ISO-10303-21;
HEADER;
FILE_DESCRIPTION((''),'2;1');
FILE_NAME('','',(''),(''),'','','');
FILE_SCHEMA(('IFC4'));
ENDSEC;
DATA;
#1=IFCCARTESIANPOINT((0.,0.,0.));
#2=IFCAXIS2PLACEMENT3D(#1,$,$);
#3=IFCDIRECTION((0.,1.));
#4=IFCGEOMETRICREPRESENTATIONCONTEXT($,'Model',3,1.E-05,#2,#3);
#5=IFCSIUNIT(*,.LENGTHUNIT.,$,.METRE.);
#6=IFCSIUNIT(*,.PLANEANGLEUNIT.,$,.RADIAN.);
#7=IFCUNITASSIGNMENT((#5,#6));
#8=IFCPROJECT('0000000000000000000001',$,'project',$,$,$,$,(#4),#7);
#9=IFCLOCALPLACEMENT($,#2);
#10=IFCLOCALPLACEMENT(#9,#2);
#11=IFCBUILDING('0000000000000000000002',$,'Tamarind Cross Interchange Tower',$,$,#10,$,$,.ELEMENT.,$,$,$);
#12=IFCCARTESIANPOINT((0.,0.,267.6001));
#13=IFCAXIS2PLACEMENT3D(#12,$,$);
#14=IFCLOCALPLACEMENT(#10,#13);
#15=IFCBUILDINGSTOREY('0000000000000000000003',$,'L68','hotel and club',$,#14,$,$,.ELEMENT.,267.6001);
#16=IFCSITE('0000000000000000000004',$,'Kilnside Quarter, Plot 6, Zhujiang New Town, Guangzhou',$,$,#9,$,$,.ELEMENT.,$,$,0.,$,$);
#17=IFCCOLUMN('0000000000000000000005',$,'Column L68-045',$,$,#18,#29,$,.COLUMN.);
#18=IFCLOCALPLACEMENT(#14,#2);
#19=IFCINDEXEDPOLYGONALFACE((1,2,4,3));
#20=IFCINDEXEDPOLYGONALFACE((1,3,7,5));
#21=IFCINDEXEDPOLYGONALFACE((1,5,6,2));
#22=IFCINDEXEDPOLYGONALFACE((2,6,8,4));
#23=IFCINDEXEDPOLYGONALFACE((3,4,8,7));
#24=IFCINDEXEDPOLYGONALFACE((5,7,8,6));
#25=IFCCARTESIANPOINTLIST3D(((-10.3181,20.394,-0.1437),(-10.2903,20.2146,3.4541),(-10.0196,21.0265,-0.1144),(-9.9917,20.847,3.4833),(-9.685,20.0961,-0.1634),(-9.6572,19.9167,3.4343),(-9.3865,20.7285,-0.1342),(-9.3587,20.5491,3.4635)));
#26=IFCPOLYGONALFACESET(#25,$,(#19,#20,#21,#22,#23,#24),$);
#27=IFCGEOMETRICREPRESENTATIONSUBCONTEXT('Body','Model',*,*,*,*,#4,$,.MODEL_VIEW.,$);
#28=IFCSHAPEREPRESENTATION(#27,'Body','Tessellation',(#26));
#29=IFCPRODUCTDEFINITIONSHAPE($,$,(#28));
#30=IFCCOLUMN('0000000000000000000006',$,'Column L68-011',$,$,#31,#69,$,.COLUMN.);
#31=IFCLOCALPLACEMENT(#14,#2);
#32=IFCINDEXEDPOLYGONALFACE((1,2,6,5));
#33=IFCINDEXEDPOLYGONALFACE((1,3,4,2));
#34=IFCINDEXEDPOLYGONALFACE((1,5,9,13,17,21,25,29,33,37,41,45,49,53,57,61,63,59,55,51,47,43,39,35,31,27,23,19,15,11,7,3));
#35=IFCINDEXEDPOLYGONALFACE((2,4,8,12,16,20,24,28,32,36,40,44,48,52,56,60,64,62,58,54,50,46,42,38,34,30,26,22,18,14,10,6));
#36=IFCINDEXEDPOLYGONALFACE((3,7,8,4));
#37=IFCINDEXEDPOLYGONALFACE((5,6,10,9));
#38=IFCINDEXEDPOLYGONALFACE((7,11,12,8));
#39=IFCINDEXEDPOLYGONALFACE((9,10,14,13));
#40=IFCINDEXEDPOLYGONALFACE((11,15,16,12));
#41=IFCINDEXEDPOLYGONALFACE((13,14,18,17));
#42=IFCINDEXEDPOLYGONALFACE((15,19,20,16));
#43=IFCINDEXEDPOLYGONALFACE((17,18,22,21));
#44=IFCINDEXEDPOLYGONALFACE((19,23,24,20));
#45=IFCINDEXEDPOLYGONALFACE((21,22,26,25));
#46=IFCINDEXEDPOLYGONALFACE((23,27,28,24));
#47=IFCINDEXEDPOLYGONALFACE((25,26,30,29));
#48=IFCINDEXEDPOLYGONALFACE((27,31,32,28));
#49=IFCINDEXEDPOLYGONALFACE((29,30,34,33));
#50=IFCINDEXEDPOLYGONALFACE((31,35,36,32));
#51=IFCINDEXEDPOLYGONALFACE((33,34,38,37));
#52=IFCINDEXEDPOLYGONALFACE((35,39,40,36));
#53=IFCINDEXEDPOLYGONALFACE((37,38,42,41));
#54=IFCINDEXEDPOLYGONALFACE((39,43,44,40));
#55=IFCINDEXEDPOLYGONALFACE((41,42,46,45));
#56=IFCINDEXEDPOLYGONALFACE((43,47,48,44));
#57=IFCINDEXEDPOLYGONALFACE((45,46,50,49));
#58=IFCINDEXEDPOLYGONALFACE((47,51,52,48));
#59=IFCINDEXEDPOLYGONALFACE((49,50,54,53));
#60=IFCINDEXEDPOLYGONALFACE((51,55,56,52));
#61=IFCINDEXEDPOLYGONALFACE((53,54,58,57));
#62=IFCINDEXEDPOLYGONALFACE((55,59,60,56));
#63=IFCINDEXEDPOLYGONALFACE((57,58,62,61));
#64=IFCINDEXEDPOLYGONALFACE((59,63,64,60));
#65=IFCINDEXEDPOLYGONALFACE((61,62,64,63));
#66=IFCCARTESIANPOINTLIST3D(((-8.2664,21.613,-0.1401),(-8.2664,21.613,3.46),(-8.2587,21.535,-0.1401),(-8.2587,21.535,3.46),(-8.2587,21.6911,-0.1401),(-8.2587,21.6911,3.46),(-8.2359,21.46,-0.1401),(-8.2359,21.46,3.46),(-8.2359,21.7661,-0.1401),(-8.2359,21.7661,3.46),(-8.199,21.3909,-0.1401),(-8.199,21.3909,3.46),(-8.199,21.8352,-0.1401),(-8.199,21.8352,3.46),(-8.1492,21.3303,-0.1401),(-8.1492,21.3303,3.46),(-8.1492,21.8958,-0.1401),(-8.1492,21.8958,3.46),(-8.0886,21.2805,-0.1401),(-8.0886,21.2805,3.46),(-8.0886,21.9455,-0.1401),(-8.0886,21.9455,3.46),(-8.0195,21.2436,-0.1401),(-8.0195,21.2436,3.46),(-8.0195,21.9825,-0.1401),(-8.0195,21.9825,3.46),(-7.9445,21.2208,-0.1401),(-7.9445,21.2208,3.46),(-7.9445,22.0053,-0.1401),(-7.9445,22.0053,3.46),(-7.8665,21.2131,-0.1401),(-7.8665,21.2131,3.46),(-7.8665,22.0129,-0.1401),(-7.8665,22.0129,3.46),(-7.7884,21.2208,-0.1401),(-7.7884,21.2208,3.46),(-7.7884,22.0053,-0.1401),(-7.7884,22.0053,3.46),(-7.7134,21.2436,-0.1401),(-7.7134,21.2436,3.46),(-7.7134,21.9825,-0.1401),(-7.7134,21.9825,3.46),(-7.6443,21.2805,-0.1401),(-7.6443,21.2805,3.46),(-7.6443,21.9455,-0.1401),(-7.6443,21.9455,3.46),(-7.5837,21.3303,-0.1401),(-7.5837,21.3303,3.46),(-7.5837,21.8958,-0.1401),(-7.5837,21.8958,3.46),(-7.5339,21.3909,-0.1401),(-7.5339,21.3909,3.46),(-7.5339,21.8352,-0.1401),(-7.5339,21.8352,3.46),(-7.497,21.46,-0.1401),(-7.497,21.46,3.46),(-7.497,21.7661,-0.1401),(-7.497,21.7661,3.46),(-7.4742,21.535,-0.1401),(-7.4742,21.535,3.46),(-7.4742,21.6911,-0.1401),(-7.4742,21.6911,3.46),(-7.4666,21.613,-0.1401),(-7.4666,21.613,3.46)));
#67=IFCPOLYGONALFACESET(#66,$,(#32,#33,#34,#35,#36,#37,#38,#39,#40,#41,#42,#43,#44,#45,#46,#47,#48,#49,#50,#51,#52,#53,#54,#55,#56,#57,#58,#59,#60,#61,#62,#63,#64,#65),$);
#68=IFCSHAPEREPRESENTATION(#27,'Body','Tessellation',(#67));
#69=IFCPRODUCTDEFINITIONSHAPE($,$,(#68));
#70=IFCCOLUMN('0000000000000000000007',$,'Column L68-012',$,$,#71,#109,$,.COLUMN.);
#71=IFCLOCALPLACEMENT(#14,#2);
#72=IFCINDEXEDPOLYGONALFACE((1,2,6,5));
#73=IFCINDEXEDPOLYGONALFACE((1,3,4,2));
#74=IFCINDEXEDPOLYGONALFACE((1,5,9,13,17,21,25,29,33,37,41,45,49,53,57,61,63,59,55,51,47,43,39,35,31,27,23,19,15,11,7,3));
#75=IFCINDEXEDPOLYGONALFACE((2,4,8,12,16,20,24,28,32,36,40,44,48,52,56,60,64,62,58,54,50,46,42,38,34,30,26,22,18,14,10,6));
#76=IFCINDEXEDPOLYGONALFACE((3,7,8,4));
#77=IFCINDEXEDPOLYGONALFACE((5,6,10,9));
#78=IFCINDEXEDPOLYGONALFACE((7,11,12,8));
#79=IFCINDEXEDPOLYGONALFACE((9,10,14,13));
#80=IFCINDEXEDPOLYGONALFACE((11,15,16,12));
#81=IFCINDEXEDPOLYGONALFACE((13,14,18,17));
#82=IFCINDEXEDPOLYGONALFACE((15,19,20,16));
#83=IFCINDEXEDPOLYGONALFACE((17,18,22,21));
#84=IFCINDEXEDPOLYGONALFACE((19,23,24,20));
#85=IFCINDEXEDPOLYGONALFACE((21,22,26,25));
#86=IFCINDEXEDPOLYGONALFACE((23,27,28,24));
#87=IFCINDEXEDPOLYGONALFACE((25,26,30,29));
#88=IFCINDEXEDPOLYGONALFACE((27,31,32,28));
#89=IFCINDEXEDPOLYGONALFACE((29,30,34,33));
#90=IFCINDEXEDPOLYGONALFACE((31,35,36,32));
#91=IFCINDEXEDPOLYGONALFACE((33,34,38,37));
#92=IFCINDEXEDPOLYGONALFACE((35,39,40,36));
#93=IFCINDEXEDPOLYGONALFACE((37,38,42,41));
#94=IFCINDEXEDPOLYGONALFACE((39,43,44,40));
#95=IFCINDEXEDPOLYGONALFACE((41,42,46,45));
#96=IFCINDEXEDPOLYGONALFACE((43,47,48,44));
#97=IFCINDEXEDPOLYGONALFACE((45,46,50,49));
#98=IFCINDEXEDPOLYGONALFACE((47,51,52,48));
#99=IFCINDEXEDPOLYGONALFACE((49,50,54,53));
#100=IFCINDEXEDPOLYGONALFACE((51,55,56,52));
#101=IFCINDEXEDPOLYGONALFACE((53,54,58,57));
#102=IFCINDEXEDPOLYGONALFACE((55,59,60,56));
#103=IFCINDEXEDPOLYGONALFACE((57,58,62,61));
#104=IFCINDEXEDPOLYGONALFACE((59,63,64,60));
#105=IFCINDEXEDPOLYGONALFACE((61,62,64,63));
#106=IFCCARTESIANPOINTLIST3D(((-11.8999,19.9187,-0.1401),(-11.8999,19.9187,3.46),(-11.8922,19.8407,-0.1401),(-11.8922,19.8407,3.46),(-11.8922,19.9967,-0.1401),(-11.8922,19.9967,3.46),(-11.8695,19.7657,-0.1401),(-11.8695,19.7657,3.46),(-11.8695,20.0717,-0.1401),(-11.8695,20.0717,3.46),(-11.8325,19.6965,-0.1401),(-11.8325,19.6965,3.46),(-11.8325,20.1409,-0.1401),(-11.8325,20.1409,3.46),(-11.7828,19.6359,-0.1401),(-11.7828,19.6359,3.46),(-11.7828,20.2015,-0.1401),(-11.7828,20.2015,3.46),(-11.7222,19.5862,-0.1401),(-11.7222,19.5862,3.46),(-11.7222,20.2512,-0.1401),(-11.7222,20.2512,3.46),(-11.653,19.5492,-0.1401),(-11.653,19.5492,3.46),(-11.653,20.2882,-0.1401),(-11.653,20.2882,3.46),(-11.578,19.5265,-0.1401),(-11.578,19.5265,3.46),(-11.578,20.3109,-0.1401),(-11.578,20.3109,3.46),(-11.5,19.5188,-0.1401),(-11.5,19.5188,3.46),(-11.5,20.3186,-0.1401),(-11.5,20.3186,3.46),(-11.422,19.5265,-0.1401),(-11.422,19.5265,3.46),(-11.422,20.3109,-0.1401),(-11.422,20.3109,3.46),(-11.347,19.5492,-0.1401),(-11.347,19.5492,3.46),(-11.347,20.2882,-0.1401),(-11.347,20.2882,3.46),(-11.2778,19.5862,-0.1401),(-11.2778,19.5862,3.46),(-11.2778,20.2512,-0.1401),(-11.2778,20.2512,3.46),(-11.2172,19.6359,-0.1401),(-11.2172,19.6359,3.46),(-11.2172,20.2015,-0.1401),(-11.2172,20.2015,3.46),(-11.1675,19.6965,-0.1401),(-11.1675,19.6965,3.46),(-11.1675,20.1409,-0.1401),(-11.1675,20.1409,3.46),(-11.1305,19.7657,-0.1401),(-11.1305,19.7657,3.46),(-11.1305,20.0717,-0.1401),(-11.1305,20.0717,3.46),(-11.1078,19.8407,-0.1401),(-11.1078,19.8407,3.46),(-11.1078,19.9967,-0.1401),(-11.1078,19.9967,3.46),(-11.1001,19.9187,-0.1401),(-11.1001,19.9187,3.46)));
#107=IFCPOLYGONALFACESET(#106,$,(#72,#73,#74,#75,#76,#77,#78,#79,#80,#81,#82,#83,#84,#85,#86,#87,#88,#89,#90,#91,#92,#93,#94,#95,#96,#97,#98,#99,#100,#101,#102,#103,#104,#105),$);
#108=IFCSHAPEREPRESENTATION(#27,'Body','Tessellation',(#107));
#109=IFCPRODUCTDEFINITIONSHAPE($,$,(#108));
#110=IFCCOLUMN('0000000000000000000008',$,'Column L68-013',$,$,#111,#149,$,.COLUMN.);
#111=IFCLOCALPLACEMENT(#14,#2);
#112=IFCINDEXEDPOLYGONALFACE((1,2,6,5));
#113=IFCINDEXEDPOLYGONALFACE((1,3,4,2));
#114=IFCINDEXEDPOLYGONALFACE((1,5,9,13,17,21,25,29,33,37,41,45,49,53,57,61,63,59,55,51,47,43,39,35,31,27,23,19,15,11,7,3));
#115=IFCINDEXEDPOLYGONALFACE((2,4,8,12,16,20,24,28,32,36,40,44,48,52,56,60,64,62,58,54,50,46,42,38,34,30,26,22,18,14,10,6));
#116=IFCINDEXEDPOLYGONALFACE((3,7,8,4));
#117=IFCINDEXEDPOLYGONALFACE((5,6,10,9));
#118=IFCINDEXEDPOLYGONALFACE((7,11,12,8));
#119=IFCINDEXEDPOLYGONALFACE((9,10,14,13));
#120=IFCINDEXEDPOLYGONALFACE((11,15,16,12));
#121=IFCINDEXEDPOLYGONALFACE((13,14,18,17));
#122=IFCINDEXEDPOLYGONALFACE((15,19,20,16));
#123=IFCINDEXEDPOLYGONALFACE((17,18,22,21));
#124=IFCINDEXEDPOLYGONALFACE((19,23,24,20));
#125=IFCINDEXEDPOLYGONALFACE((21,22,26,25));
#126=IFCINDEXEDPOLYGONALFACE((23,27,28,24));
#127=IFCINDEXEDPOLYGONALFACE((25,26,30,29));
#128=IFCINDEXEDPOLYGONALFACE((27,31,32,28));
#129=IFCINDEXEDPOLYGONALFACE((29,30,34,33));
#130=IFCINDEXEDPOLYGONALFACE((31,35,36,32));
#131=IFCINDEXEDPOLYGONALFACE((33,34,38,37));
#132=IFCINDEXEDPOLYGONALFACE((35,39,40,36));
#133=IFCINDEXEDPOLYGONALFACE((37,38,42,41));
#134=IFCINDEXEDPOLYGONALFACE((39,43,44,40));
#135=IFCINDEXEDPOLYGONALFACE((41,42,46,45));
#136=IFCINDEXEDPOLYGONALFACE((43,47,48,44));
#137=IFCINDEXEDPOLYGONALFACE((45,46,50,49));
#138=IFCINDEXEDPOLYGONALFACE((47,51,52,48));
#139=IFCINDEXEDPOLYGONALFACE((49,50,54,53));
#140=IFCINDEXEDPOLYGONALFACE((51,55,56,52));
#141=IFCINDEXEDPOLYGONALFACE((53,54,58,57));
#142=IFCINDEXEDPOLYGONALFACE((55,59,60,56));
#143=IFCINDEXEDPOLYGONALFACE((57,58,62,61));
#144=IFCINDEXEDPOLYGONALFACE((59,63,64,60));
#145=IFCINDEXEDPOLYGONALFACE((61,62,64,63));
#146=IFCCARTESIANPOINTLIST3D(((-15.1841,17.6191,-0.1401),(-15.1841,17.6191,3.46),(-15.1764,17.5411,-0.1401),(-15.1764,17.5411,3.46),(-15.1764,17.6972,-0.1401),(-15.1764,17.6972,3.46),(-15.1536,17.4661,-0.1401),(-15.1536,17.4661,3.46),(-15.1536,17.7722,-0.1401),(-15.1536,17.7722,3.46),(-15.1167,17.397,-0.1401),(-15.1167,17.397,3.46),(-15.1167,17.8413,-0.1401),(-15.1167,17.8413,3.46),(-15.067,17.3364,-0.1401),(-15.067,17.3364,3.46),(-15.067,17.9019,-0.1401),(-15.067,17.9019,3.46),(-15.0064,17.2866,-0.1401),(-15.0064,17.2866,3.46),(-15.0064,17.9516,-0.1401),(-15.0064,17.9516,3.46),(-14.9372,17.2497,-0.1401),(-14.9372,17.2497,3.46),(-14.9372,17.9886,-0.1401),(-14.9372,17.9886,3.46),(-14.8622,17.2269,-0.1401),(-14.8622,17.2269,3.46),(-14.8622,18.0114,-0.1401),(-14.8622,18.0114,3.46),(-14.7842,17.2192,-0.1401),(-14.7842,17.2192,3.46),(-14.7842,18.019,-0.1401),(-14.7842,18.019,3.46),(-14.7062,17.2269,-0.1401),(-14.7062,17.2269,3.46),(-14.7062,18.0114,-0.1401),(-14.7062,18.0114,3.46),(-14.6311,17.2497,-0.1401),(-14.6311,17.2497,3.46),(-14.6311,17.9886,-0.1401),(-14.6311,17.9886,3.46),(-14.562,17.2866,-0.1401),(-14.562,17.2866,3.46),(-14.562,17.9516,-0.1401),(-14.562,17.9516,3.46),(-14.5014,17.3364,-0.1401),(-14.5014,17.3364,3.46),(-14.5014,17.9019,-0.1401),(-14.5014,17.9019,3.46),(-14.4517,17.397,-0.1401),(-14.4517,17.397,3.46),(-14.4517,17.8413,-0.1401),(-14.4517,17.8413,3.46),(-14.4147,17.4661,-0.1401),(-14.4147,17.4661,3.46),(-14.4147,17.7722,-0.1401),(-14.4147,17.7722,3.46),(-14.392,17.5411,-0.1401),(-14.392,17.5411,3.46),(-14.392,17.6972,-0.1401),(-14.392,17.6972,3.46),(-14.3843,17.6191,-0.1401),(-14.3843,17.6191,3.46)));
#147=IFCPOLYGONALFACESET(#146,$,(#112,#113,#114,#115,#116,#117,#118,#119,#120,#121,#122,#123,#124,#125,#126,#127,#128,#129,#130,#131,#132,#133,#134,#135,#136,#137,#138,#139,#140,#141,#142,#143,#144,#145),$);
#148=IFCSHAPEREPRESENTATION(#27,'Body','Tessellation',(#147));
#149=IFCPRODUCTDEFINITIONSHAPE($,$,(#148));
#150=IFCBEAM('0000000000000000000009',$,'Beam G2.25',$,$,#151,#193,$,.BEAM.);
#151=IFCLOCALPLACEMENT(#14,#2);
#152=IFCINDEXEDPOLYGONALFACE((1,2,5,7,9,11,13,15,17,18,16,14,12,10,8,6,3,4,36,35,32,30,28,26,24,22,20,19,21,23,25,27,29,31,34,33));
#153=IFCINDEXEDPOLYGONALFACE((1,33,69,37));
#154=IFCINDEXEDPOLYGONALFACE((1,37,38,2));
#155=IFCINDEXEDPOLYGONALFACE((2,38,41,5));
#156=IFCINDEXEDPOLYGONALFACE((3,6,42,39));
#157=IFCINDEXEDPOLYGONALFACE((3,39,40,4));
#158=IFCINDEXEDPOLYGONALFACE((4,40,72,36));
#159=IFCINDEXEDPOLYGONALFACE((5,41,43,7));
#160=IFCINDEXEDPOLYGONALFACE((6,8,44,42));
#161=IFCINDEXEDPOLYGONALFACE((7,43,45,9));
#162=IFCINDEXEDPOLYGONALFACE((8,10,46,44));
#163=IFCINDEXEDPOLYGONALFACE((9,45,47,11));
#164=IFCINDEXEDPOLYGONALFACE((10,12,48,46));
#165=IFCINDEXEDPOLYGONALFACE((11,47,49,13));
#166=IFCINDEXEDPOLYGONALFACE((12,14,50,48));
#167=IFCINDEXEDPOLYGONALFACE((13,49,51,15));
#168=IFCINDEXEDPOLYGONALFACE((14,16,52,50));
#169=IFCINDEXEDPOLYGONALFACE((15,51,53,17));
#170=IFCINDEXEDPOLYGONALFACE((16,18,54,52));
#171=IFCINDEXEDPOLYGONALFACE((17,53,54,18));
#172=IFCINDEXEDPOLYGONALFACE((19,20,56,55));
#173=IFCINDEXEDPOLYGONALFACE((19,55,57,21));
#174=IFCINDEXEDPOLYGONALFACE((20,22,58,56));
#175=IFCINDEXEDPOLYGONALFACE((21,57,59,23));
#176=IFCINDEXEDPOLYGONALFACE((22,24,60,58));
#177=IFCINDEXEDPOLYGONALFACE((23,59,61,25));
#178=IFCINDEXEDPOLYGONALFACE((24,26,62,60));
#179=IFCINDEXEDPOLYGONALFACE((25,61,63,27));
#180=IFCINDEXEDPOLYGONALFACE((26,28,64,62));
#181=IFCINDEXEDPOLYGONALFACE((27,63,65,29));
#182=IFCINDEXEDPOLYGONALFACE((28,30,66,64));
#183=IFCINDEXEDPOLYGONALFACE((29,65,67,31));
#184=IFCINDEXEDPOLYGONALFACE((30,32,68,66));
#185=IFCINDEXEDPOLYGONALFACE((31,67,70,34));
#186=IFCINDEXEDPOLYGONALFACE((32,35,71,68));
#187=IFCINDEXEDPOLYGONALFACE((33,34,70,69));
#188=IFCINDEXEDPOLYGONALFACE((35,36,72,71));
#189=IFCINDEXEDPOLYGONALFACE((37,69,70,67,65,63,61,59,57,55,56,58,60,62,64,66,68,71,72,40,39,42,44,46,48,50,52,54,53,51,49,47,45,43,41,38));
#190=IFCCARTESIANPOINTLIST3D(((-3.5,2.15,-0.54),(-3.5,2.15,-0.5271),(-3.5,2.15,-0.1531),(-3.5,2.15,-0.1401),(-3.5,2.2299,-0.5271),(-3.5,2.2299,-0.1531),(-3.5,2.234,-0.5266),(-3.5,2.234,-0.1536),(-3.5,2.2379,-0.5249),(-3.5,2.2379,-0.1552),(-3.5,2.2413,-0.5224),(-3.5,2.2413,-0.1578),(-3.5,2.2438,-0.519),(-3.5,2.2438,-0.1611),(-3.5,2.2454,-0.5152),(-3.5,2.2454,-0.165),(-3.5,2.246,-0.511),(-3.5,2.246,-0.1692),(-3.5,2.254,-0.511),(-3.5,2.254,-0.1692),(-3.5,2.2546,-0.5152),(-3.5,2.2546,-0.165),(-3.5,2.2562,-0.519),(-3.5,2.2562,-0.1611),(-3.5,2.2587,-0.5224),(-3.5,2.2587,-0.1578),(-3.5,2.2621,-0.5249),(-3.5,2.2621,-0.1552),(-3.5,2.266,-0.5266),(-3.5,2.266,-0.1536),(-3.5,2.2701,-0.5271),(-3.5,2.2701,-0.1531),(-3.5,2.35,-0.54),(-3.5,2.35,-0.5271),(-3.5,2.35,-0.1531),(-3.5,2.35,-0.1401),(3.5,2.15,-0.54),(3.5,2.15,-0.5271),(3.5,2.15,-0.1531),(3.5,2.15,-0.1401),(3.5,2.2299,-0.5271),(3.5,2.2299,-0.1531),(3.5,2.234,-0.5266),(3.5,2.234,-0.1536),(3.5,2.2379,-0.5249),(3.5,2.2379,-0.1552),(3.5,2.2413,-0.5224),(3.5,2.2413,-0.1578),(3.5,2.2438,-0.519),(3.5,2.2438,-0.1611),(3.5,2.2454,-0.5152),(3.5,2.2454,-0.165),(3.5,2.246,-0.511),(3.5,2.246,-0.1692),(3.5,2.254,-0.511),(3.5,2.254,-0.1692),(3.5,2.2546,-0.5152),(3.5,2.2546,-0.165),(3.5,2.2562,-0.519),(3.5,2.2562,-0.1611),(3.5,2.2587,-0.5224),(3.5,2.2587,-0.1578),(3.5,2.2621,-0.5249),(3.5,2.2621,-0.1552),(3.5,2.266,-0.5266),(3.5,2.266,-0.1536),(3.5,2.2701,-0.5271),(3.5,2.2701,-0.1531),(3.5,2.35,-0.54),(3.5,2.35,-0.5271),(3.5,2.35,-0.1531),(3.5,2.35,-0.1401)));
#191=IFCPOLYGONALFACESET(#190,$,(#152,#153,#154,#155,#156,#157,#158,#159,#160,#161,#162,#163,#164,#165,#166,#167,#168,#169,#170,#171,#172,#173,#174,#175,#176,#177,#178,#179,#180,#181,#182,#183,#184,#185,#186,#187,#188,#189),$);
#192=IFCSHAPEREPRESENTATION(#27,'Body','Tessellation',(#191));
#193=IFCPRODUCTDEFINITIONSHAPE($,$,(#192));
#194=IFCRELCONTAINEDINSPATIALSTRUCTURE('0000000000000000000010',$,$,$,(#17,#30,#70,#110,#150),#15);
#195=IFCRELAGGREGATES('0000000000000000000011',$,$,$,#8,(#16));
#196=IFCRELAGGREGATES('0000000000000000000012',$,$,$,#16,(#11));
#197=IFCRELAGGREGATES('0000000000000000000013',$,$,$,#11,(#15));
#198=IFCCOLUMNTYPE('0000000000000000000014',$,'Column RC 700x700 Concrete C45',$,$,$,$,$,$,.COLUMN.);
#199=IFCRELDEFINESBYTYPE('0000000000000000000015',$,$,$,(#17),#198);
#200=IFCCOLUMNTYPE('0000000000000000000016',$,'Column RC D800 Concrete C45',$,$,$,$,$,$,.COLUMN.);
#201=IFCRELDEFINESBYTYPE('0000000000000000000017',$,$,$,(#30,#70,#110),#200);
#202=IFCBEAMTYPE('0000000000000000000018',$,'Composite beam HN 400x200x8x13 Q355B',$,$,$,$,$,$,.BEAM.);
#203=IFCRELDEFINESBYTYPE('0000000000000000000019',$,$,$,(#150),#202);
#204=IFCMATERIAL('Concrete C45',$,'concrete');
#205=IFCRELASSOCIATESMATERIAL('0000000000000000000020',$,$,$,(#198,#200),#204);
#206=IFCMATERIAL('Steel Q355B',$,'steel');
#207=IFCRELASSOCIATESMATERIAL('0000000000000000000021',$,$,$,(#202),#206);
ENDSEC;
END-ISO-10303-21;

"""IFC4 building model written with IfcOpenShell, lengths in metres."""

from ifc_helpers import new_model, si_unit, direction, frame, origin, origin_2d, place, context, subcontext, project, spatial, rectangle, circle, i_section, extrude, material, material_profile, profile_set, type_object, element, save


model = new_model("IFC4")

# Units and contexts
model_context = context("Model", 3, precision=1e-05, world=origin(), true_north=direction((0.0, 1.0)))
body_context = subcontext(model_context, "Body", "Model", "MODEL_VIEW")
ifc_project = project(units=[si_unit("LENGTHUNIT", "METRE"), si_unit("PLANEANGLEUNIT", "RADIAN")], contexts=[model_context])

# Site, building, storey
site_placement = place(None, origin())
site = spatial("IfcSite", under=ifc_project, at=site_placement, Name="Kilnside Quarter, Plot 6, Zhujiang New Town, Guangzhou", CompositionType="ELEMENT", RefElevation=0.0)
building_placement = place(site_placement, origin())
building = spatial("IfcBuilding", under=site, at=building_placement, Name="Tamarind Cross Interchange Tower", CompositionType="ELEMENT")
storey_placement = place(building_placement, frame((0.0, 0.0, 267.6001)))
storey = spatial("IfcBuildingStorey", under=building, at=storey_placement, Name="L68", Description="hotel and club", CompositionType="ELEMENT", Elevation=267.6001)

# Columns
ifc_material_1 = material(Name="Concrete C45", Category="concrete")
ifc_material_profile_1 = material_profile(ifc_material_1, rectangle(XDim=0.7, YDim=0.7, at=origin_2d()), Name="RC 700x700")
ifc_profile_set_1 = profile_set([ifc_material_profile_1], Name="Concrete C45")
column_type_1 = type_object("IfcColumnType", Name="Column RC 700x700 Concrete C45", PredefinedType="COLUMN", material=ifc_profile_set_1)
column_placement = place(storey_placement, frame((-9.8523, 20.5613, -0.1389), z_axis=(0.007726, -0.049814, 0.998729), x_axis=(0.426516, 0.903515, 0.041766)))
element("IfcColumn", 1, at=column_placement, inside=storey, type_object=column_type_1, Name="Column L68-045", PredefinedType="COLUMN", context=body_context, shape_type="SweptSolid", body=[
    extrude(rectangle(XDim=0.7, YDim=0.7, at=origin_2d()), origin(), (0.0, 0.0, 1.0), 3.6023),
])
ifc_material_profile_2 = material_profile(ifc_material_1, circle(Radius=0.3999, at=origin_2d()), Name="RC D800")
ifc_profile_set_2 = profile_set([ifc_material_profile_2], Name="Concrete C45")
column_type_2 = type_object("IfcColumnType", Name="Column RC D800 Concrete C45", PredefinedType="COLUMN", material=ifc_profile_set_2)
for number, where, z_axis, x_axis, name in (
    (2, (-7.8665, 21.613, -0.1401), (0.0, 0.0, 1.0), (1.0, 0.0, 0.0), "Column L68-011"),
    (3, (-11.5, 19.9187, -0.1401), (0.0, 0.0, 1.0), (1.0, 0.0, 0.0), "Column L68-012"),
    (4, (-14.7842, 17.6191, -0.1401), (0.0, 0.0, 1.0), (1.0, 0.0, 0.0), "Column L68-013"),
):
    element("IfcColumn", number, at=place(storey_placement, frame(where, z_axis=z_axis, x_axis=x_axis)), inside=storey, type_object=column_type_2, Name=name, PredefinedType="COLUMN", context=body_context, shape_type="SweptSolid", body=[
        extrude(circle(Radius=0.3999, at=origin_2d()), origin(), (0.0, 0.0, 1.0), 3.6001),
    ])

# Beam
ifc_material_2 = material(Name="Steel Q355B", Category="steel")
ifc_material_profile_3 = material_profile(ifc_material_2, i_section(OverallWidth=0.2, OverallDepth=0.3999, WebThickness=0.0081, FlangeThickness=0.0129, FilletRadius=0.0161, at=origin_2d()), Name="HN 400x200x8x13")
ifc_profile_set_3 = profile_set([ifc_material_profile_3], Name="Steel Q355B")
beam_type_1 = type_object("IfcBeamType", Name="Composite beam HN 400x200x8x13 Q355B", PredefinedType="BEAM", material=ifc_profile_set_3)
for number, where, z_axis, x_axis, name in (
    (5, (-3.5, 2.25, -0.3401), (1.0, 0.0, 0.0), (0.0, 1.0, 0.0), "Beam G2.25"),
):
    element("IfcBeam", number, at=place(storey_placement, frame(where, z_axis=z_axis, x_axis=x_axis)), inside=storey, type_object=beam_type_1, Name=name, PredefinedType="BEAM", context=body_context, shape_type="SweptSolid", body=[
        extrude(i_section(OverallWidth=0.2, OverallDepth=0.3999, WebThickness=0.0081, FlangeThickness=0.0129, FilletRadius=0.0161, at=origin_2d()), origin(), (0.0, 0.0, 1.0), 7.0),
    ])

save(model, "model.ifc")
